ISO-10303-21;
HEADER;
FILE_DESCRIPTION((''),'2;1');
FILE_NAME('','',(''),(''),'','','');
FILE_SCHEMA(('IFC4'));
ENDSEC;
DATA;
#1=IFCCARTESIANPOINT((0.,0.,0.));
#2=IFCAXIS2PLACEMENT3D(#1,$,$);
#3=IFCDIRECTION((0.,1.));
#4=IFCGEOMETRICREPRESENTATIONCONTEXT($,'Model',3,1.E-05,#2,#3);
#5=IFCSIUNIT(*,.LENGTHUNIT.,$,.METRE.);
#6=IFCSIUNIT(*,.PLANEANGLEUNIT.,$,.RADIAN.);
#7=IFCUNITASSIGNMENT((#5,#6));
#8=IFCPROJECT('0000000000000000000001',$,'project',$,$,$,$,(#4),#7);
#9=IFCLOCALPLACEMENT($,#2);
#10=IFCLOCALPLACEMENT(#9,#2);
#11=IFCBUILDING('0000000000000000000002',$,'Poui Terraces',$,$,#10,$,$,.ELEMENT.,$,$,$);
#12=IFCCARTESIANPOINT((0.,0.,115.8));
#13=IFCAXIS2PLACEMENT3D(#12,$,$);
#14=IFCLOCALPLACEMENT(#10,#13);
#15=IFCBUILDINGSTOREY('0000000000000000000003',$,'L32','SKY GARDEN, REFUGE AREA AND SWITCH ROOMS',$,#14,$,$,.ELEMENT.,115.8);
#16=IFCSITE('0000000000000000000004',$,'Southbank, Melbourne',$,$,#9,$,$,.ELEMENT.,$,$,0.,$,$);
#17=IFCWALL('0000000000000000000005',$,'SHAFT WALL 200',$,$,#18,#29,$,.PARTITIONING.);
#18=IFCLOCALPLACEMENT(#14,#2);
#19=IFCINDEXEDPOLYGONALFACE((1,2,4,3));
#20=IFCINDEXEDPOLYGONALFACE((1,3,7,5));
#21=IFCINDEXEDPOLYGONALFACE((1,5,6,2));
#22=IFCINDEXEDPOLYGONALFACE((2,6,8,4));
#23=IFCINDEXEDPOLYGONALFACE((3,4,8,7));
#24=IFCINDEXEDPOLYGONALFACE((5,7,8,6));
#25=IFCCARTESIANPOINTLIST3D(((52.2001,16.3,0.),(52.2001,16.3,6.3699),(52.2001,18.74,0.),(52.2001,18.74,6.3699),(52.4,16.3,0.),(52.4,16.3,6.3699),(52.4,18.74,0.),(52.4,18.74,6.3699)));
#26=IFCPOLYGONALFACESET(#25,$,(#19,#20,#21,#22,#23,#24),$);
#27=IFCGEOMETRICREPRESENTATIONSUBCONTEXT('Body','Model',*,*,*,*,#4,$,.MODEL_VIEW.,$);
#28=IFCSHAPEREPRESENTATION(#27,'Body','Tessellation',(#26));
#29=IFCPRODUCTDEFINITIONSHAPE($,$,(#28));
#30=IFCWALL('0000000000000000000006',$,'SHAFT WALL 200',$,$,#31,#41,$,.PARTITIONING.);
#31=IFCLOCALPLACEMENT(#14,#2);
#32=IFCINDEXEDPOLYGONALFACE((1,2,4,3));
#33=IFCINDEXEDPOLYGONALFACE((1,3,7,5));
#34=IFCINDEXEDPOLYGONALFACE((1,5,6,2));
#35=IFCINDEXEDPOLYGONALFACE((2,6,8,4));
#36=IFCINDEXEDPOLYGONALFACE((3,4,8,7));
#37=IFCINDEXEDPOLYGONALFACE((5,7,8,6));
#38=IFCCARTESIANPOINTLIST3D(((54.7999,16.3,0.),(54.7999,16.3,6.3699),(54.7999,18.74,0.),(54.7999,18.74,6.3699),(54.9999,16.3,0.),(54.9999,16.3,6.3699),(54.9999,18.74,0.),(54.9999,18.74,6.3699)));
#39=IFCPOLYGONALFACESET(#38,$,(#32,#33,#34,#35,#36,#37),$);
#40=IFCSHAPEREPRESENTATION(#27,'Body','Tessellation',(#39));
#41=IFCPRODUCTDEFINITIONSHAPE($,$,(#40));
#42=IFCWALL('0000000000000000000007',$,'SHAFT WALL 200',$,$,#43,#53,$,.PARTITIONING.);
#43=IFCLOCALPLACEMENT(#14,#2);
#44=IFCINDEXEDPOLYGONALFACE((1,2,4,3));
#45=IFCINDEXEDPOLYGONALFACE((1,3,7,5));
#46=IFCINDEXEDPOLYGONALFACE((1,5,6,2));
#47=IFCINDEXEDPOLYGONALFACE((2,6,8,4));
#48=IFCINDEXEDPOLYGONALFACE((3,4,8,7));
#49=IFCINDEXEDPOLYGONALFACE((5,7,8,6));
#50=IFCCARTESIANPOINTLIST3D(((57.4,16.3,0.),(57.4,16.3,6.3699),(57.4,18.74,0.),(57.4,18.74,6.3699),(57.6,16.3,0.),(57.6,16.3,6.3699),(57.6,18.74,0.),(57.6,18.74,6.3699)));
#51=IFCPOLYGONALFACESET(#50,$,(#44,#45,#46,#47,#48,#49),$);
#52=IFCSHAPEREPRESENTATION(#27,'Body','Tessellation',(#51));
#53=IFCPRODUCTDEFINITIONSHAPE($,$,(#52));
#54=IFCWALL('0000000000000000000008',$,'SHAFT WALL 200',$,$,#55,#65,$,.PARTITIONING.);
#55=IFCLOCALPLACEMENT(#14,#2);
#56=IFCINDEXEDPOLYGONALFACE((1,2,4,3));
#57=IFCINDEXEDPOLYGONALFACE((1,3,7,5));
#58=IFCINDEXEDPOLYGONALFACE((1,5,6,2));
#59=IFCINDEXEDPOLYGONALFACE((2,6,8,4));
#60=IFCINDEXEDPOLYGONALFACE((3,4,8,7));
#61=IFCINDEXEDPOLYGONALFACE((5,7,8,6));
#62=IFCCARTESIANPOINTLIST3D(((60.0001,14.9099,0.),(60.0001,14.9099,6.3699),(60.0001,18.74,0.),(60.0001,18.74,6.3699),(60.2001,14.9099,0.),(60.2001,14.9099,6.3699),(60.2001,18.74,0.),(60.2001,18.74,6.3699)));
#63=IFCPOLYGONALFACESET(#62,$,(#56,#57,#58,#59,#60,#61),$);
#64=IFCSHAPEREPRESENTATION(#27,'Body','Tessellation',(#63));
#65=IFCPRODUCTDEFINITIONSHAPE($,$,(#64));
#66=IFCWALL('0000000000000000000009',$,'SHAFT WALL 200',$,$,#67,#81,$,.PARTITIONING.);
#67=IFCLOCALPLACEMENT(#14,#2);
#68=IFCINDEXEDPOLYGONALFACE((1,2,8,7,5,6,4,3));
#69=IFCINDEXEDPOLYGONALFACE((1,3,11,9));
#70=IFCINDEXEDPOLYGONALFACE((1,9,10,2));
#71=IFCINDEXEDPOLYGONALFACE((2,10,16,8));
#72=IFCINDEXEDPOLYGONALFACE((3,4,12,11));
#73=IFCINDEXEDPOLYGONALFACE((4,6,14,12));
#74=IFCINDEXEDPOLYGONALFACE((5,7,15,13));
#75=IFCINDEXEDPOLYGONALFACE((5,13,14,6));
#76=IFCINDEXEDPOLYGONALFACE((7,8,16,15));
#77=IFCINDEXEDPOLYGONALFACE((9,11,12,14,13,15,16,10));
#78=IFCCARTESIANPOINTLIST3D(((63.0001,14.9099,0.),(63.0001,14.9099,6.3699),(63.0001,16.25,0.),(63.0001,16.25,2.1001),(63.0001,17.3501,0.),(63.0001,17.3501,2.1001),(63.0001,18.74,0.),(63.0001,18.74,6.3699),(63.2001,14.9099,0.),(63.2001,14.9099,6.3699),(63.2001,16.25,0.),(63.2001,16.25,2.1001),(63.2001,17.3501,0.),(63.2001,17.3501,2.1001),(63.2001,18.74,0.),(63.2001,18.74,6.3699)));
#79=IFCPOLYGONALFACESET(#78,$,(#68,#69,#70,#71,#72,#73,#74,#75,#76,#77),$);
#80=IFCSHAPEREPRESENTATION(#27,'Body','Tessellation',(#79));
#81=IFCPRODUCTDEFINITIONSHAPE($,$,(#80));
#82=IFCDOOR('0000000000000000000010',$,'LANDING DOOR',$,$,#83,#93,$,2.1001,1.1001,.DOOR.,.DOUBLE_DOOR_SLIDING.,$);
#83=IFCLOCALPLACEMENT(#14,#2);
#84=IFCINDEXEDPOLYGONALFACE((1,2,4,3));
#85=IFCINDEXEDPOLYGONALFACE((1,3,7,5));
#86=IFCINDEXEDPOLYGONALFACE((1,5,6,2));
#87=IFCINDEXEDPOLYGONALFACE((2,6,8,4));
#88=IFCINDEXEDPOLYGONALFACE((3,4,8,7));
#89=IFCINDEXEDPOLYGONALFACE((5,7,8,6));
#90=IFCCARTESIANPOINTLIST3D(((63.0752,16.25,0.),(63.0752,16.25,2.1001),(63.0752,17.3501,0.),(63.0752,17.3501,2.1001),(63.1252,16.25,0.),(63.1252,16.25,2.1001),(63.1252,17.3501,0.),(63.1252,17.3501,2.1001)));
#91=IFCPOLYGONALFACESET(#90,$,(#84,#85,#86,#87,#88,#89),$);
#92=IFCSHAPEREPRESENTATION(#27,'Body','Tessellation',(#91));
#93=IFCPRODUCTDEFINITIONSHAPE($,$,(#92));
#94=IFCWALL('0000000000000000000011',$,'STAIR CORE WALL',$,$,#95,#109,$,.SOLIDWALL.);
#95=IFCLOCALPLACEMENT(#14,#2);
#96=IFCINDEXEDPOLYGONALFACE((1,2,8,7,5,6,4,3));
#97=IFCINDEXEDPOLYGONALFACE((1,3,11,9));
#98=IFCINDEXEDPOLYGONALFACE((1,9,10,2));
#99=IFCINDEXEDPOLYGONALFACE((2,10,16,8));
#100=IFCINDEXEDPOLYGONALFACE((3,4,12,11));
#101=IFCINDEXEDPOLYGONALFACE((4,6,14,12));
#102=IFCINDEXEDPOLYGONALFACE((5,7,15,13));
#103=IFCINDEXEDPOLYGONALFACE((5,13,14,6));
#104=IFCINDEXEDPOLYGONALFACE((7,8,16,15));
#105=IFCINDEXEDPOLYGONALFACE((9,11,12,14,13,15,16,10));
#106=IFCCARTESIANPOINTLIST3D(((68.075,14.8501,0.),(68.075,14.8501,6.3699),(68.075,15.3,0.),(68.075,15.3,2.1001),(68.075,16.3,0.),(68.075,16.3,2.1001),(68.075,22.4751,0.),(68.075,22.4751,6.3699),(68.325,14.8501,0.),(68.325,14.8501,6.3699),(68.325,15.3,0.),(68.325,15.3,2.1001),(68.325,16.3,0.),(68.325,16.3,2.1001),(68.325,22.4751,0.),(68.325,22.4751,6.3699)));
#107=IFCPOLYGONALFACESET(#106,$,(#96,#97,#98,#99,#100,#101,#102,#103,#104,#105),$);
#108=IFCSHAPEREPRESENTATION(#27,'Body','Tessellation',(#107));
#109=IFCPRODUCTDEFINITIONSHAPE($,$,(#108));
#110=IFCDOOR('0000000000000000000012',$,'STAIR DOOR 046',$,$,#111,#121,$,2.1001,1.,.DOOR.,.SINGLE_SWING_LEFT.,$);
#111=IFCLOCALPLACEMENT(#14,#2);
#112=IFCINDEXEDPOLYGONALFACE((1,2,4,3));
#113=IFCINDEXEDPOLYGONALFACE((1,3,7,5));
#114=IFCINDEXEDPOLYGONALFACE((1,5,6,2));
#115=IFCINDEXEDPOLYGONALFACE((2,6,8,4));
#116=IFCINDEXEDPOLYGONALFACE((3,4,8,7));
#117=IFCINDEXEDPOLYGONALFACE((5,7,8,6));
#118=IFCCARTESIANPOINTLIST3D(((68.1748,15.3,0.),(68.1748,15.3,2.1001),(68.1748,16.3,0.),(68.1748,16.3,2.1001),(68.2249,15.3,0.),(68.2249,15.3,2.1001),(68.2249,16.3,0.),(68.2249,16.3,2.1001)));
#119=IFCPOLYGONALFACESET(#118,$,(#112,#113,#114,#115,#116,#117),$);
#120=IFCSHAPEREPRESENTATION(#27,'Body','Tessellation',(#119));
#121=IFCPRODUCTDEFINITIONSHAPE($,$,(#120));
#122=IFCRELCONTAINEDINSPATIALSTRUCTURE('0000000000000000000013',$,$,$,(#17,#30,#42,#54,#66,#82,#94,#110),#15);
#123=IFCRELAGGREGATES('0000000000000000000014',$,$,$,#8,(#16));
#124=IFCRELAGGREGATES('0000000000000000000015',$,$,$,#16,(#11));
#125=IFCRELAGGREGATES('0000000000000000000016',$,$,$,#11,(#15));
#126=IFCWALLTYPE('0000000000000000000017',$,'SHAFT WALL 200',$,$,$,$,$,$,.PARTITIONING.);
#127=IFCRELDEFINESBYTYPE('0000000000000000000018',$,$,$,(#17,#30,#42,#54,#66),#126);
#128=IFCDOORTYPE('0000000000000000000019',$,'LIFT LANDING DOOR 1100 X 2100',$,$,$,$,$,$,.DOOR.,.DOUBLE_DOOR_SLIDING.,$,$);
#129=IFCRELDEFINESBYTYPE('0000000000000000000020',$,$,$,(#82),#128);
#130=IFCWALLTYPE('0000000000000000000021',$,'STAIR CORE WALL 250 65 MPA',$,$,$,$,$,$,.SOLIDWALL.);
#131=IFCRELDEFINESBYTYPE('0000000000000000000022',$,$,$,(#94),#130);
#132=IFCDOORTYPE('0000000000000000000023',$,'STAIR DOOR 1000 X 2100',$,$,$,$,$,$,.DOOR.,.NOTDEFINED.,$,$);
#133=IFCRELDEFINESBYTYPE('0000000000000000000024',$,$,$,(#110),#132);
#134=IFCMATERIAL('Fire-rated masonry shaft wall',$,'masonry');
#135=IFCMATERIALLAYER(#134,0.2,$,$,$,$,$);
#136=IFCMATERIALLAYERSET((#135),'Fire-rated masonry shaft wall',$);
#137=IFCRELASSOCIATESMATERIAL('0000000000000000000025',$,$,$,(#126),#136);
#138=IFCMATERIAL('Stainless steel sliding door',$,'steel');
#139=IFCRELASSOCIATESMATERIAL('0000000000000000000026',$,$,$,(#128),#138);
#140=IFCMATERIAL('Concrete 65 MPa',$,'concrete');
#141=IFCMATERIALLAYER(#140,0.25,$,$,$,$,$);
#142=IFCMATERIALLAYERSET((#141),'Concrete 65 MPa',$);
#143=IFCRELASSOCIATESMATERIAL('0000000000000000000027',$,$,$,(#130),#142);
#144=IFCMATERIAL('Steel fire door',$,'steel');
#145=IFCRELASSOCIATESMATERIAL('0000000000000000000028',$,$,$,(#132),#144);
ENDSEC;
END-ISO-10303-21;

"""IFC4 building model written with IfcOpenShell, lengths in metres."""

from ifc_helpers import new_model, si_unit, direction, frame, frame_2d, origin, place, context, subcontext, project, spatial, rectangle, extrude, material, layer, layer_set, type_object, element, fill, save


model = new_model("IFC4")

# Units and contexts
model_context = context("Model", 3, precision=1e-05, world=origin(), true_north=direction((0.0, 1.0)))
body_context = subcontext(model_context, "Body", "Model", "MODEL_VIEW")
ifc_project = project(units=[si_unit("LENGTHUNIT", "METRE"), si_unit("PLANEANGLEUNIT", "RADIAN")], contexts=[model_context])

# Site, building, storey
site_placement = place(None, origin())
site = spatial("IfcSite", under=ifc_project, at=site_placement, Name="Southbank, Melbourne", CompositionType="ELEMENT", RefElevation=0.0)
building_placement = place(site_placement, origin())
building = spatial("IfcBuilding", under=site, at=building_placement, Name="Poui Terraces", CompositionType="ELEMENT")
storey_placement = place(building_placement, frame((0.0, 0.0, 115.8)))
storey = spatial("IfcBuildingStorey", under=building, at=storey_placement, Name="L32", Description="SKY GARDEN, REFUGE AREA AND SWITCH ROOMS", CompositionType="ELEMENT", Elevation=115.8)

# Shared definitions
ifc_material_1 = material(Name="Concrete 65 MPa", Category="concrete")
ifc_material_2 = material(Name="Steel fire door", Category="steel")

# Walls
ifc_material_3 = material(Name="Fire-rated masonry shaft wall", Category="masonry")
ifc_layer_1 = layer(ifc_material_3, 0.2)
ifc_layer_set_1 = layer_set([ifc_layer_1], Name="Fire-rated masonry shaft wall")
wall_type_1 = type_object("IfcWallType", Name="SHAFT WALL 200", PredefinedType="PARTITIONING", material=ifc_layer_set_1)
for number, where, z_axis, x_axis, name in (
    (1, (52.3, 16.3, 0.0), (0.0, 0.0, 1.0), (0.0, 1.0, 0.0), "SHAFT WALL 200"),
    (2, (54.8999, 16.3, 0.0), (0.0, 0.0, 1.0), (0.0, 1.0, 0.0), "SHAFT WALL 200"),
    (3, (57.5, 16.3, 0.0), (0.0, 0.0, 1.0), (0.0, 1.0, 0.0), "SHAFT WALL 200"),
):
    element("IfcWall", number, at=place(storey_placement, frame(where, z_axis=z_axis, x_axis=x_axis)), inside=storey, type_object=wall_type_1, Name=name, PredefinedType="PARTITIONING", context=body_context, shape_type="SweptSolid", body=[
        extrude(rectangle(XDim=2.4399, YDim=0.2, at=frame_2d((1.22, 0.0))), origin(), (0.0, 0.0, 1.0), 6.3699),
    ])
wall_1_placement = place(storey_placement, frame((60.1001, 14.9099, 0.0), z_axis=(0.0, 0.0, 1.0), x_axis=(0.0, 1.0, 0.0)))
element("IfcWall", 4, at=wall_1_placement, inside=storey, type_object=wall_type_1, Name="SHAFT WALL 200", PredefinedType="PARTITIONING", context=body_context, shape_type="SweptSolid", body=[
    extrude(rectangle(XDim=3.8301, YDim=0.2, at=frame_2d((1.915, 0.0))), origin(), (0.0, 0.0, 1.0), 6.3699),
])

# Walls, openings, doors
wall_2_placement = place(storey_placement, frame((63.1001, 14.9099, 0.0), z_axis=(0.0, 0.0, 1.0), x_axis=(0.0, 1.0, 0.0)))
wall_2 = element("IfcWall", 5, at=wall_2_placement, inside=storey, type_object=wall_type_1, Name="SHAFT WALL 200", PredefinedType="PARTITIONING", context=body_context, shape_type="SweptSolid", body=[
    extrude(rectangle(XDim=3.8301, YDim=0.2, at=frame_2d((1.915, 0.0))), origin(), (0.0, 0.0, 1.0), 6.3699),
])
opening_1_placement = place(wall_2_placement, frame((1.3401, 0.0, 0.0)))
opening_1 = element("IfcOpeningElement", 6, at=opening_1_placement, cuts=wall_2, PredefinedType="OPENING", context=body_context, shape_type="SweptSolid", body=[
    extrude(rectangle(XDim=1.1001, YDim=2.1001, at=frame_2d((0.55, 1.05))), frame((0.0, 0.1099, 0.0), z_axis=(0.0, -1.0, 0.0), x_axis=(1.0, 0.0, 0.0)), (0.0, 0.0, 1.0), 0.22),
])
ifc_material_4 = material(Name="Stainless steel sliding door", Category="steel")
door_type_1 = type_object("IfcDoorType", Name="LIFT LANDING DOOR 1100 X 2100", OperationType="DOUBLE_DOOR_SLIDING", PredefinedType="DOOR", material=ifc_material_4)
door_1_placement = place(opening_1_placement, origin())
door_1 = element("IfcDoor", 7, at=door_1_placement, inside=storey, type_object=door_type_1, Name="LANDING DOOR", OperationType="DOUBLE_DOOR_SLIDING", OverallHeight=2.1001, OverallWidth=1.1001, PredefinedType="DOOR", context=body_context, shape_type="SweptSolid", body=[
    extrude(rectangle(XDim=1.1001, YDim=2.1001, at=frame_2d((0.55, 1.05))), frame((0.0, 0.0249, 0.0), z_axis=(0.0, -1.0, 0.0), x_axis=(1.0, 0.0, 0.0)), (0.0, 0.0, 1.0), 0.05),
])
fill(opening_1, door_1)
ifc_layer_2 = layer(ifc_material_1, 0.25)
ifc_layer_set_2 = layer_set([ifc_layer_2], Name="Concrete 65 MPa")
wall_type_2 = type_object("IfcWallType", Name="STAIR CORE WALL 250 65 MPA", PredefinedType="SOLIDWALL", material=ifc_layer_set_2)
wall_3_placement = place(storey_placement, frame((68.2, 14.8501, 0.0), z_axis=(0.0, 0.0, 1.0), x_axis=(0.0, 1.0, 0.0)))
wall_3 = element("IfcWall", 8, at=wall_3_placement, inside=storey, type_object=wall_type_2, Name="STAIR CORE WALL", PredefinedType="SOLIDWALL", context=body_context, shape_type="SweptSolid", body=[
    extrude(rectangle(XDim=7.625, YDim=0.25, at=frame_2d((3.8125, 0.0))), origin(), (0.0, 0.0, 1.0), 6.3699),
])
opening_2_placement = place(wall_3_placement, frame((0.45, 0.0, 0.0)))
opening_2 = element("IfcOpeningElement", 9, at=opening_2_placement, cuts=wall_3, PredefinedType="OPENING", context=body_context, shape_type="SweptSolid", body=[
    extrude(rectangle(XDim=1.0, YDim=2.1001, at=frame_2d((0.5, 1.05))), frame((0.0, 0.135, 0.0), z_axis=(0.0, -1.0, 0.0), x_axis=(1.0, 0.0, 0.0)), (0.0, 0.0, 1.0), 0.27),
])
door_type_2 = type_object("IfcDoorType", Name="STAIR DOOR 1000 X 2100", OperationType="NOTDEFINED", PredefinedType="DOOR", material=ifc_material_2)
door_2_placement = place(opening_2_placement, frame((1.0, 0.0, 0.0), z_axis=(0.0, 0.0, 1.0), x_axis=(-1.0, 0.0, 0.0)))
door_2 = element("IfcDoor", 10, at=door_2_placement, inside=storey, type_object=door_type_2, Name="STAIR DOOR 046", OperationType="SINGLE_SWING_LEFT", OverallHeight=2.1001, OverallWidth=1.0, PredefinedType="DOOR", context=body_context, shape_type="SweptSolid", body=[
    extrude(rectangle(XDim=1.0, YDim=2.1001, at=frame_2d((0.5, 1.05))), frame((0.0, 0.0249, 0.0), z_axis=(0.0, -1.0, 0.0), x_axis=(1.0, 0.0, 0.0)), (0.0, 0.0, 1.0), 0.05),
])
fill(opening_2, door_2)

save(model, "model.ifc")
